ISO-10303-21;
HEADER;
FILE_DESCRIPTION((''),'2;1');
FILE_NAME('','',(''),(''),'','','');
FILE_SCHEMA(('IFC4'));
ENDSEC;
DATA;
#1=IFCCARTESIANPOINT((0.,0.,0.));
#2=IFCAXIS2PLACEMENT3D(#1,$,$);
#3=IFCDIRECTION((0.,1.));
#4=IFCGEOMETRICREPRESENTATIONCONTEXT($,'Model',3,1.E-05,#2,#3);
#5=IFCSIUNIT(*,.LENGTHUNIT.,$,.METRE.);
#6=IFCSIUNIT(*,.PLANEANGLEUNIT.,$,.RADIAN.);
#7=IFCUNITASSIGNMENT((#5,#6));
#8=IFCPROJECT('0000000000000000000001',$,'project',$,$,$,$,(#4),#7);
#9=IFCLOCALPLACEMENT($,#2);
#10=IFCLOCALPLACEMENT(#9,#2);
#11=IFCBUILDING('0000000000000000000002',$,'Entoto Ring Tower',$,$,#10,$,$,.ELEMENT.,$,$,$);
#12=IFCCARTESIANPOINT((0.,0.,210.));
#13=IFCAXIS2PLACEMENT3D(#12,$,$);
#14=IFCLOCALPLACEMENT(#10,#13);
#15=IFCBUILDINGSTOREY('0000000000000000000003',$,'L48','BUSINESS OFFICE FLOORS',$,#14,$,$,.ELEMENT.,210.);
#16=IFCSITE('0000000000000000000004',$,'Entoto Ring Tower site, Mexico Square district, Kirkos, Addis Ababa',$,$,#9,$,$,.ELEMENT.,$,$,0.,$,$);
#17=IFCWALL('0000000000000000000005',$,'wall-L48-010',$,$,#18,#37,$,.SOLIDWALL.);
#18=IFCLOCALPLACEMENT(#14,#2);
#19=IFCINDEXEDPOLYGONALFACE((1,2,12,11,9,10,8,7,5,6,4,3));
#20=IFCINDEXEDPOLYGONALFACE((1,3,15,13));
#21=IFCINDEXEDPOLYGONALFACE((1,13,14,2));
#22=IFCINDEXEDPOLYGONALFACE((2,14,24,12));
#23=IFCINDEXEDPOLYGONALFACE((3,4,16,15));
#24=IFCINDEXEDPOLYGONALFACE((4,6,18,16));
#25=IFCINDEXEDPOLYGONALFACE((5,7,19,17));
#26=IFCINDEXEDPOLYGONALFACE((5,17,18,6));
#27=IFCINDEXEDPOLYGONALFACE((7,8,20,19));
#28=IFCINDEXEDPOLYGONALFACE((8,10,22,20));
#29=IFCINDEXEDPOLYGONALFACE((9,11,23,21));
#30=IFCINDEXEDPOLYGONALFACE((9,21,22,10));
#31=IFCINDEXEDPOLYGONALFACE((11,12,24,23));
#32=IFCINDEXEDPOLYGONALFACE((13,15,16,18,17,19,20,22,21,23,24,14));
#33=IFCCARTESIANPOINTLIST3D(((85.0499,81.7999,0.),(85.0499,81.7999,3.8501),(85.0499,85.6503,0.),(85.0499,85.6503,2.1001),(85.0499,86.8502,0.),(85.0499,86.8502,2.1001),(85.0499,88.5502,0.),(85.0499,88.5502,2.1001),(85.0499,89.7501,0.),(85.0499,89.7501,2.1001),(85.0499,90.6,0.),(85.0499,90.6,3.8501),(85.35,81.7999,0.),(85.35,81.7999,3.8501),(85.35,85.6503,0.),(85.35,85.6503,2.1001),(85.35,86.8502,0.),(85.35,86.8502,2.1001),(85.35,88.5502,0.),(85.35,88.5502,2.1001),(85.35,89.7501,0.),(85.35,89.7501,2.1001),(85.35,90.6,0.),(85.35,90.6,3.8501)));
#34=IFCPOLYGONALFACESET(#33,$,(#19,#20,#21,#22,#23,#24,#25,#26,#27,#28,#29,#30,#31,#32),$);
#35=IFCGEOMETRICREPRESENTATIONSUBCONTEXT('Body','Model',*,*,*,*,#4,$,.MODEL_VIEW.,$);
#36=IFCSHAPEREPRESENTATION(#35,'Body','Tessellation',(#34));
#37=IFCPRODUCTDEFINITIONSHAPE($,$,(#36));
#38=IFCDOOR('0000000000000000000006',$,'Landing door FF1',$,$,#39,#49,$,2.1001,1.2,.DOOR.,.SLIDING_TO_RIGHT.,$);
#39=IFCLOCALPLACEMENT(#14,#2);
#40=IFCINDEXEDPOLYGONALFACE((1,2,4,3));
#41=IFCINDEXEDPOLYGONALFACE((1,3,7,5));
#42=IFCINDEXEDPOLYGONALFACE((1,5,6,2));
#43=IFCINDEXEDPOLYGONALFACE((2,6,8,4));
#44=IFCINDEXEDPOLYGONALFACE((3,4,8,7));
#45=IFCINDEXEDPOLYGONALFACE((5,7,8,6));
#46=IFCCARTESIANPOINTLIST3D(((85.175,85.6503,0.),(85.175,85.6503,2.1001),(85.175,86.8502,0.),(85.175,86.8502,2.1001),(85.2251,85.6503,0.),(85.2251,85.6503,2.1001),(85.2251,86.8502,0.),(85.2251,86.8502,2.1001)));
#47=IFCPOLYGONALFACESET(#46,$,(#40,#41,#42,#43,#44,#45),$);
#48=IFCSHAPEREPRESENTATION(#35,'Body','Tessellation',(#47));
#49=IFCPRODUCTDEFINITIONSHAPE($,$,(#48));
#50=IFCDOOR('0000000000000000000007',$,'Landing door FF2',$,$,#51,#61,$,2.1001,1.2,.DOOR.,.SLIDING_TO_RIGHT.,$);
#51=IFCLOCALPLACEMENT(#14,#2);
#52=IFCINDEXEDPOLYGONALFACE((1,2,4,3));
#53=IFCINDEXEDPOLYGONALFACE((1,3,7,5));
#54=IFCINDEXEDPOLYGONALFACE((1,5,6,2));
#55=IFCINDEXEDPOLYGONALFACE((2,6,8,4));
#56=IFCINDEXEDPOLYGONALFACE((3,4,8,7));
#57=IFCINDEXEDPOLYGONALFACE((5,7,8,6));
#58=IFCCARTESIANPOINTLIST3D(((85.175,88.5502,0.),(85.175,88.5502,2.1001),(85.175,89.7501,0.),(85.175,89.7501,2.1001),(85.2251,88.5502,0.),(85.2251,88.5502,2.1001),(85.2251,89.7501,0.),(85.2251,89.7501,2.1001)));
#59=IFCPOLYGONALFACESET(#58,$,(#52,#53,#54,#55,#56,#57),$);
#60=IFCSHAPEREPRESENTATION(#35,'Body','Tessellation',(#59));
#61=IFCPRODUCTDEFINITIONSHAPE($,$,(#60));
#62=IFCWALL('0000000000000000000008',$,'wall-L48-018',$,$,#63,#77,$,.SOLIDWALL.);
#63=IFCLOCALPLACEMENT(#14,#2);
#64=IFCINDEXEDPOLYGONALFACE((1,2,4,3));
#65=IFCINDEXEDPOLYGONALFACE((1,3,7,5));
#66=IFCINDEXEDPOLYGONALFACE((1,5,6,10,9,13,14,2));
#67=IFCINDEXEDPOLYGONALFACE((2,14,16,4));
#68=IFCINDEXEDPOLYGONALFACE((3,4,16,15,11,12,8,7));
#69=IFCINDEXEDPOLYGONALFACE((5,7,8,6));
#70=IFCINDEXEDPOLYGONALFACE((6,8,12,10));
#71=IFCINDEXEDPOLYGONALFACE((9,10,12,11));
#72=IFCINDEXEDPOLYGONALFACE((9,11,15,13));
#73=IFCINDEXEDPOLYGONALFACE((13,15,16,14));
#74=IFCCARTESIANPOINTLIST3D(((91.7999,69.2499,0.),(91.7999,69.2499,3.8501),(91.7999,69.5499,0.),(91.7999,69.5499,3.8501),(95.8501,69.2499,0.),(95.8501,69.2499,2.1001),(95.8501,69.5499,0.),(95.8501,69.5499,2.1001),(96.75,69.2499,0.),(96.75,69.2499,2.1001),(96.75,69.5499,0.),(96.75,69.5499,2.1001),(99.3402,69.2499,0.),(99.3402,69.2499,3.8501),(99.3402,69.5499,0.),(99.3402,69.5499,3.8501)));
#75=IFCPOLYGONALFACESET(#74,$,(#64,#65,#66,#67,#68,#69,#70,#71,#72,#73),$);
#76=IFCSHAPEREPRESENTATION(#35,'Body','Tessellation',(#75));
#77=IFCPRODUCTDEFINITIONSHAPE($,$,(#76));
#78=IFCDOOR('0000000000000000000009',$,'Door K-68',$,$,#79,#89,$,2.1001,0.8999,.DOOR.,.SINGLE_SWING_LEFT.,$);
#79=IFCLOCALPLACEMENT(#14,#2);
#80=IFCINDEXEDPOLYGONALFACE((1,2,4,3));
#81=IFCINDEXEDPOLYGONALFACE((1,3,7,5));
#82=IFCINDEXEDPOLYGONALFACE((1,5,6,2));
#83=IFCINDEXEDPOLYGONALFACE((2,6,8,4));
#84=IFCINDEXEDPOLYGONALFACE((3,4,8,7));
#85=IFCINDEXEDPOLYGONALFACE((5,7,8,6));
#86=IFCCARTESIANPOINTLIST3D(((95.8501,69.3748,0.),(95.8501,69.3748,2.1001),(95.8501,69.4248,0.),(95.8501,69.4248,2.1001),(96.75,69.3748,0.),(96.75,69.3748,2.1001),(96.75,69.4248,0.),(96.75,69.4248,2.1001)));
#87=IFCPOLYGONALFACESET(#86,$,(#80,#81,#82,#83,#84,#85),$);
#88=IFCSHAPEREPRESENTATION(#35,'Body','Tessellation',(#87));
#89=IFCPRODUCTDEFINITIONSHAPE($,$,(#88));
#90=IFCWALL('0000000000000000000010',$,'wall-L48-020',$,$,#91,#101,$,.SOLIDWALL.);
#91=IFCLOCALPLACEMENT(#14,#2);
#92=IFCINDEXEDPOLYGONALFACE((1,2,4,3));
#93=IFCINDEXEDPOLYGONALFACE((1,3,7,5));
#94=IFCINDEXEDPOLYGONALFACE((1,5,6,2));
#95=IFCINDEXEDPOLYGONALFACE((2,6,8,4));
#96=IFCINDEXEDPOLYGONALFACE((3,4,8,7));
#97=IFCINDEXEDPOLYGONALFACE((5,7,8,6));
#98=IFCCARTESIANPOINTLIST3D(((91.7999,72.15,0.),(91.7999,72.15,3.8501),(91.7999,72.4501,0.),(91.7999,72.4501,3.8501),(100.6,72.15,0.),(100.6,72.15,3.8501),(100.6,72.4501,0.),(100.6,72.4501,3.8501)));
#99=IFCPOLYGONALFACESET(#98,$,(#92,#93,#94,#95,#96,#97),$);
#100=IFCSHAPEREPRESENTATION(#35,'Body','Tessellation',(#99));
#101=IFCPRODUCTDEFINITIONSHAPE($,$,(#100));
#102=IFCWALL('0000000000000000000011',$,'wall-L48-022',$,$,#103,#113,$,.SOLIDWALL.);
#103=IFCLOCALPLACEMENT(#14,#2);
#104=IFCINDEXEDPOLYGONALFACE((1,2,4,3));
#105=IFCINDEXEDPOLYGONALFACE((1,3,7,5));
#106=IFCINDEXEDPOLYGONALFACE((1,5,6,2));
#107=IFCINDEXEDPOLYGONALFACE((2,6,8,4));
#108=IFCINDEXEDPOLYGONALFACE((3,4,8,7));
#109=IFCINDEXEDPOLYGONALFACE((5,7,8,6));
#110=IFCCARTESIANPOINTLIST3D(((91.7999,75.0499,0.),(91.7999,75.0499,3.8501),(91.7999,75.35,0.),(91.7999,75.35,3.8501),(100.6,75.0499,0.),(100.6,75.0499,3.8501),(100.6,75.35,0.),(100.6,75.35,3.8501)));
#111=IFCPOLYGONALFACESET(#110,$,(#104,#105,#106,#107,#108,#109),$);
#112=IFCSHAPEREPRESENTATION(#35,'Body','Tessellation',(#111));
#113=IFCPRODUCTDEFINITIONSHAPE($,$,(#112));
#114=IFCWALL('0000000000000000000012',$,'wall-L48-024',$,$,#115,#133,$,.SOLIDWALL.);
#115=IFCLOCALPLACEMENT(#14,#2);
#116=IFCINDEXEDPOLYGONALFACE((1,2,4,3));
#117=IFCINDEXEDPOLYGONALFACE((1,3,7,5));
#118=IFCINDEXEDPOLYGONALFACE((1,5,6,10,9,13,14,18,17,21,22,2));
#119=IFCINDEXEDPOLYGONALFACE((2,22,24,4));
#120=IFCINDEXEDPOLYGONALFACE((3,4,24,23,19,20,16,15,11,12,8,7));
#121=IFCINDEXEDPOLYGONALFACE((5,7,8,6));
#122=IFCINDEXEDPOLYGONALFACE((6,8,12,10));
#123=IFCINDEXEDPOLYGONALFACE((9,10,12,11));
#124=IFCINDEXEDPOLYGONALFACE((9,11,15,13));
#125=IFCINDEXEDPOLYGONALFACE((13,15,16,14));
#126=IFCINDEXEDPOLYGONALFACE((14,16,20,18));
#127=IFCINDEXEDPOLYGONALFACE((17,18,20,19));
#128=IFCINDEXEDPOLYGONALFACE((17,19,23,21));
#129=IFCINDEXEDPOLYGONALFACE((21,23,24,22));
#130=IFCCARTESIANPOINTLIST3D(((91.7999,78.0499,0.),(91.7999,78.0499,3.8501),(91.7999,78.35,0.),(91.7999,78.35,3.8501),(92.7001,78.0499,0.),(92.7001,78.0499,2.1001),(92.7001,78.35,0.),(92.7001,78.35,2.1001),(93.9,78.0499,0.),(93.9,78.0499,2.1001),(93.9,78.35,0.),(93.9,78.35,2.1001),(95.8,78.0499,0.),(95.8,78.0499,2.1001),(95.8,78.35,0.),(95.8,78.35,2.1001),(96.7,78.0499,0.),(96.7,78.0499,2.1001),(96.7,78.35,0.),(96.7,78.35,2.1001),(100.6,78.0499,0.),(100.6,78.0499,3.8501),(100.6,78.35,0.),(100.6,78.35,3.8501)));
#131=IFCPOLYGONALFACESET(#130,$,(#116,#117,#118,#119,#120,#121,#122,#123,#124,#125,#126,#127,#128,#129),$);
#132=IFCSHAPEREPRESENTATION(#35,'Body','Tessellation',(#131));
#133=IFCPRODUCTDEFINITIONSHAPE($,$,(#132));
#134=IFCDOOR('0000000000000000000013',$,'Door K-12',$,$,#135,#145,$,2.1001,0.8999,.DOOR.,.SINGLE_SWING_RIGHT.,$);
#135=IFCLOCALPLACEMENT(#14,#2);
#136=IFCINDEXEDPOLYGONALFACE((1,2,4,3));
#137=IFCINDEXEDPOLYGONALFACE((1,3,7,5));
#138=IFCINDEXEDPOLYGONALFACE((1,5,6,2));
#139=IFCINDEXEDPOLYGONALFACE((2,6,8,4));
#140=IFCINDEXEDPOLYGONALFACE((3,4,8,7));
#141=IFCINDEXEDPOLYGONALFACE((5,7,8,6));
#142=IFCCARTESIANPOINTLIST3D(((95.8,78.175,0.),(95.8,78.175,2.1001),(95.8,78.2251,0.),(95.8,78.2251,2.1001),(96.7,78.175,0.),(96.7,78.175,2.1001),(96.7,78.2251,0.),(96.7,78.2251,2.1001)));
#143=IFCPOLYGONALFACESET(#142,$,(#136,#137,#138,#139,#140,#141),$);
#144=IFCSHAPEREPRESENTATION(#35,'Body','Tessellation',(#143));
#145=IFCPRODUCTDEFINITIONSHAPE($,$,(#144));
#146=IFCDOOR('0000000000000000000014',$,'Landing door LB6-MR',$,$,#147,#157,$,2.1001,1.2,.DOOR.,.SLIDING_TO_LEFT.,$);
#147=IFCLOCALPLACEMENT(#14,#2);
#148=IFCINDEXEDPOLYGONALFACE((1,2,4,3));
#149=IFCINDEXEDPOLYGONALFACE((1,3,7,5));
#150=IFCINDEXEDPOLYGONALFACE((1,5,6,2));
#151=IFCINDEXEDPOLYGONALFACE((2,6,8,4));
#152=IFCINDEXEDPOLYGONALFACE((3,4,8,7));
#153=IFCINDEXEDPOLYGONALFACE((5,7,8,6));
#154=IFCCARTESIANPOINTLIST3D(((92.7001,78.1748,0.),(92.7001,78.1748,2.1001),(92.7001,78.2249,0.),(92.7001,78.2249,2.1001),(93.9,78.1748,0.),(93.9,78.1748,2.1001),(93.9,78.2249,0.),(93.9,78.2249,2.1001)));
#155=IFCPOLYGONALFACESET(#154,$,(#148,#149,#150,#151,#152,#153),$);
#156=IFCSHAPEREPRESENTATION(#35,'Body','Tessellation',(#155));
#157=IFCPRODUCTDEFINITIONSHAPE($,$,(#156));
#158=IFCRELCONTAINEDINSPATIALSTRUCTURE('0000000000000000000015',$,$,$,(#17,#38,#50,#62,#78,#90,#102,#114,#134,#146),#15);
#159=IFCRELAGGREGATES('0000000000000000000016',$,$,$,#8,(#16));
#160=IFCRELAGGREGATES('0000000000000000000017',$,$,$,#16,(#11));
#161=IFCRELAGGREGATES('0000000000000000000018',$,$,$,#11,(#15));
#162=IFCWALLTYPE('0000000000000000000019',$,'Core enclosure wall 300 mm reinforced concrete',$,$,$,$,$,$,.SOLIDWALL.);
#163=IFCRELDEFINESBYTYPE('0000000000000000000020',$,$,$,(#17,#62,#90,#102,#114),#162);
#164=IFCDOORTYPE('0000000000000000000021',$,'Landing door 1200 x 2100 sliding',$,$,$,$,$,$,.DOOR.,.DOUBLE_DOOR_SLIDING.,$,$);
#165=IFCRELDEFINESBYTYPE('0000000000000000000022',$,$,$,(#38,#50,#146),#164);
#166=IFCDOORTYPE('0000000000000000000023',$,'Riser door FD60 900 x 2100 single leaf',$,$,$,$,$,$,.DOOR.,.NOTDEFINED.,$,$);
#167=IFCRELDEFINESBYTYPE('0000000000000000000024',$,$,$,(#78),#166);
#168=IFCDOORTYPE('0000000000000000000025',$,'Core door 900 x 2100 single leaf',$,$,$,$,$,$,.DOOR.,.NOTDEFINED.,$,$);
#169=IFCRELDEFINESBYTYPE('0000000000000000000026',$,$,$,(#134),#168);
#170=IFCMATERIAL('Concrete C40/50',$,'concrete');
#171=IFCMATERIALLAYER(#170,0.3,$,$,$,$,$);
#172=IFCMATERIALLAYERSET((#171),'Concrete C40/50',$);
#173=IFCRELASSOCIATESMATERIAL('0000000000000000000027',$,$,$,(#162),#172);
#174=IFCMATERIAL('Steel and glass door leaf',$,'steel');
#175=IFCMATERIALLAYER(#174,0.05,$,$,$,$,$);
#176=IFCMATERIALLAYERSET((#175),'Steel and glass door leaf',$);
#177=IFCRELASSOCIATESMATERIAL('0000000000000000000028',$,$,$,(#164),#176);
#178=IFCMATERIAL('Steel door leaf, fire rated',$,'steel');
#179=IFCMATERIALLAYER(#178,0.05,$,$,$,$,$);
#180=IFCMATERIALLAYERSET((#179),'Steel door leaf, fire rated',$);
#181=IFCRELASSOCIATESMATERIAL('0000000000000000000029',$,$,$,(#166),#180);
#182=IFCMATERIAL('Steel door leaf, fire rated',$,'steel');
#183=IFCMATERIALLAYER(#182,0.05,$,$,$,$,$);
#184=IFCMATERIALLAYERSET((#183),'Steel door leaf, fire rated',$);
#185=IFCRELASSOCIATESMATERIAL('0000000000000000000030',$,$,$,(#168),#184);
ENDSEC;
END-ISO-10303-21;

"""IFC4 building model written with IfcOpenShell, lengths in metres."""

from ifc_helpers import new_model, si_unit, direction, frame, frame_2d, origin, place, context, subcontext, project, spatial, rectangle, extrude, material, layer, layer_set, type_object, element, fill, save


model = new_model("IFC4")

# Units and contexts
model_context = context("Model", 3, precision=1e-05, world=origin(), true_north=direction((0.0, 1.0)))
body_context = subcontext(model_context, "Body", "Model", "MODEL_VIEW")
ifc_project = project(units=[si_unit("LENGTHUNIT", "METRE"), si_unit("PLANEANGLEUNIT", "RADIAN")], contexts=[model_context])

# Site, building, storey
site_placement = place(None, origin())
site = spatial("IfcSite", under=ifc_project, at=site_placement, Name="Entoto Ring Tower site, Mexico Square district, Kirkos, Addis Ababa", CompositionType="ELEMENT", RefElevation=0.0)
building_placement = place(site_placement, origin())
building = spatial("IfcBuilding", under=site, at=building_placement, Name="Entoto Ring Tower", CompositionType="ELEMENT")
storey_placement = place(building_placement, frame((0.0, 0.0, 210.0)))
storey = spatial("IfcBuildingStorey", under=building, at=storey_placement, Name="L48", Description="BUSINESS OFFICE FLOORS", CompositionType="ELEMENT", Elevation=210.0)

# Shared definitions
ifc_material_1 = material(Name="Concrete C40/50", Category="concrete")
ifc_layer_1 = layer(ifc_material_1, 0.3)
ifc_layer_set_1 = layer_set([ifc_layer_1], Name="Concrete C40/50")
wall_type = type_object("IfcWallType", Name="Core enclosure wall 300 mm reinforced concrete", PredefinedType="SOLIDWALL", material=ifc_layer_set_1)

# Shared definitions
ifc_material_2 = material(Name="Steel and glass door leaf", Category="steel")
ifc_layer_2 = layer(ifc_material_2, 0.05)
ifc_layer_set_2 = layer_set([ifc_layer_2], Name="Steel and glass door leaf")
door_type_1 = type_object("IfcDoorType", Name="Landing door 1200 x 2100 sliding", OperationType="DOUBLE_DOOR_SLIDING", PredefinedType="DOOR", material=ifc_layer_set_2)

# Wall, openings, doors
wall_1_placement = place(storey_placement, frame((85.2, 81.8, 0.0), z_axis=(0.0, 0.0, 1.0), x_axis=(0.0, 1.0, 0.0)))
wall_1 = element("IfcWall", 1, at=wall_1_placement, inside=storey, type_object=wall_type, Name="wall-L48-010", PredefinedType="SOLIDWALL", context=body_context, shape_type="SweptSolid", body=[
    extrude(rectangle(XDim=8.8, YDim=0.3, at=frame_2d((4.3999, 0.0))), origin(), (0.0, 0.0, 1.0), 3.8501),
])
opening_1_placement = place(wall_1_placement, frame((3.8501, 0.0, 0.0)))
opening_1 = element("IfcOpeningElement", 2, at=opening_1_placement, cuts=wall_1, PredefinedType="OPENING", context=body_context, shape_type="SweptSolid", body=[
    extrude(rectangle(XDim=1.2, YDim=2.1001, at=frame_2d((0.6001, 1.05))), frame((0.0, 0.1602, 0.0), z_axis=(0.0, -1.0, 0.0), x_axis=(1.0, 0.0, 0.0)), (0.0, 0.0, 1.0), 0.3201),
])
opening_2_placement = place(wall_1_placement, frame((6.75, 0.0, 0.0)))
opening_2 = element("IfcOpeningElement", 3, at=opening_2_placement, cuts=wall_1, PredefinedType="OPENING", context=body_context, shape_type="SweptSolid", body=[
    extrude(rectangle(XDim=1.2, YDim=2.1001, at=frame_2d((0.6001, 1.05))), frame((0.0, 0.1602, 0.0), z_axis=(0.0, -1.0, 0.0), x_axis=(1.0, 0.0, 0.0)), (0.0, 0.0, 1.0), 0.3201),
])
door_1_placement = place(opening_1_placement, origin())
door_1 = element("IfcDoor", 4, at=door_1_placement, inside=storey, type_object=door_type_1, Name="Landing door FF1", OperationType="SLIDING_TO_RIGHT", OverallHeight=2.1001, OverallWidth=1.2, PredefinedType="DOOR", context=body_context, shape_type="SweptSolid", body=[
    extrude(rectangle(XDim=1.2, YDim=2.1001, at=frame_2d((0.6001, 1.05))), frame((0.0, 0.0249, 0.0), z_axis=(0.0, -1.0, 0.0), x_axis=(1.0, 0.0, 0.0)), (0.0, 0.0, 1.0), 0.05),
])
fill(opening_1, door_1)
door_2_placement = place(opening_2_placement, origin())
door_2 = element("IfcDoor", 5, at=door_2_placement, inside=storey, type_object=door_type_1, Name="Landing door FF2", OperationType="SLIDING_TO_RIGHT", OverallHeight=2.1001, OverallWidth=1.2, PredefinedType="DOOR", context=body_context, shape_type="SweptSolid", body=[
    extrude(rectangle(XDim=1.2, YDim=2.1001, at=frame_2d((0.6001, 1.05))), frame((0.0, 0.0249, 0.0), z_axis=(0.0, -1.0, 0.0), x_axis=(1.0, 0.0, 0.0)), (0.0, 0.0, 1.0), 0.05),
])
fill(opening_2, door_2)

# Wall, opening, door
wall_2_placement = place(storey_placement, frame((91.8, 69.3999, 0.0), z_axis=(0.0, 0.0, 1.0), x_axis=(1.0, 0.0, 0.0)))
wall_2 = element("IfcWall", 6, at=wall_2_placement, inside=storey, type_object=wall_type, Name="wall-L48-018", PredefinedType="SOLIDWALL", context=body_context, shape_type="SweptSolid", body=[
    extrude(rectangle(XDim=7.5403, YDim=0.3, at=frame_2d((3.77, 0.0))), origin(), (0.0, 0.0, 1.0), 3.8501),
])
opening_3_placement = place(wall_2_placement, frame((4.05, 0.0, 0.0)))
opening_3 = element("IfcOpeningElement", 7, at=opening_3_placement, cuts=wall_2, PredefinedType="OPENING", context=body_context, shape_type="SweptSolid", body=[
    extrude(rectangle(XDim=0.8999, YDim=2.1001, at=frame_2d((0.45, 1.05))), frame((0.0, 0.1602, 0.0), z_axis=(0.0, -1.0, 0.0), x_axis=(1.0, 0.0, 0.0)), (0.0, 0.0, 1.0), 0.3201),
])
ifc_material_3 = material(Name="Steel door leaf, fire rated", Category="steel")
ifc_layer_3 = layer(ifc_material_3, 0.05)
ifc_layer_set_3 = layer_set([ifc_layer_3], Name="Steel door leaf, fire rated")
door_type_2 = type_object("IfcDoorType", Name="Riser door FD60 900 x 2100 single leaf", OperationType="NOTDEFINED", PredefinedType="DOOR", material=ifc_layer_set_3)
door_3_placement = place(opening_3_placement, origin())
door_3 = element("IfcDoor", 8, at=door_3_placement, inside=storey, type_object=door_type_2, Name="Door K-68", OperationType="SINGLE_SWING_LEFT", OverallHeight=2.1001, OverallWidth=0.8999, PredefinedType="DOOR", context=body_context, shape_type="SweptSolid", body=[
    extrude(rectangle(XDim=0.8999, YDim=2.1001, at=frame_2d((0.45, 1.05))), frame((0.0, 0.0249, 0.0), z_axis=(0.0, -1.0, 0.0), x_axis=(1.0, 0.0, 0.0)), (0.0, 0.0, 1.0), 0.05),
])
fill(opening_3, door_3)

# Walls
for number, where, z_axis, x_axis, name in (
    (9, (91.8, 72.3, 0.0), (0.0, 0.0, 1.0), (1.0, 0.0, 0.0), "wall-L48-020"),
    (10, (91.8, 75.2, 0.0), (0.0, 0.0, 1.0), (1.0, 0.0, 0.0), "wall-L48-022"),
):
    element("IfcWall", number, at=place(storey_placement, frame(where, z_axis=z_axis, x_axis=x_axis)), inside=storey, type_object=wall_type, Name=name, PredefinedType="SOLIDWALL", context=body_context, shape_type="SweptSolid", body=[
        extrude(rectangle(XDim=8.8, YDim=0.3, at=frame_2d((4.3999, 0.0))), origin(), (0.0, 0.0, 1.0), 3.8501),
    ])

# Wall, openings, doors
wall_3_placement = place(storey_placement, frame((91.8, 78.2, 0.0), z_axis=(0.0, 0.0, 1.0), x_axis=(1.0, 0.0, 0.0)))
wall_3 = element("IfcWall", 11, at=wall_3_placement, inside=storey, type_object=wall_type, Name="wall-L48-024", PredefinedType="SOLIDWALL", context=body_context, shape_type="SweptSolid", body=[
    extrude(rectangle(XDim=8.8, YDim=0.3, at=frame_2d((4.3999, 0.0))), origin(), (0.0, 0.0, 1.0), 3.8501),
])
opening_4_placement = place(wall_3_placement, frame((0.8999, 0.0, 0.0)))
opening_4 = element("IfcOpeningElement", 12, at=opening_4_placement, cuts=wall_3, PredefinedType="OPENING", context=body_context, shape_type="SweptSolid", body=[
    extrude(rectangle(XDim=1.2, YDim=2.1001, at=frame_2d((0.6001, 1.05))), frame((0.0, 0.1602, 0.0), z_axis=(0.0, -1.0, 0.0), x_axis=(1.0, 0.0, 0.0)), (0.0, 0.0, 1.0), 0.3201),
])
opening_5_placement = place(wall_3_placement, frame((4.0, 0.0, 0.0)))
opening_5 = element("IfcOpeningElement", 13, at=opening_5_placement, cuts=wall_3, PredefinedType="OPENING", context=body_context, shape_type="SweptSolid", body=[
    extrude(rectangle(XDim=0.8999, YDim=2.1001, at=frame_2d((0.45, 1.05))), frame((0.0, 0.1602, 0.0), z_axis=(0.0, -1.0, 0.0), x_axis=(1.0, 0.0, 0.0)), (0.0, 0.0, 1.0), 0.3201),
])
ifc_material_4 = material(Name="Steel door leaf, fire rated", Category="steel")
ifc_layer_4 = layer(ifc_material_4, 0.05)
ifc_layer_set_4 = layer_set([ifc_layer_4], Name="Steel door leaf, fire rated")
door_type_3 = type_object("IfcDoorType", Name="Core door 900 x 2100 single leaf", OperationType="NOTDEFINED", PredefinedType="DOOR", material=ifc_layer_set_4)
door_4_placement = place(opening_5_placement, frame((0.8999, 0.0, 0.0), z_axis=(0.0, 0.0, 1.0), x_axis=(-1.0, 0.0, 0.0)))
door_4 = element("IfcDoor", 14, at=door_4_placement, inside=storey, type_object=door_type_3, Name="Door K-12", OperationType="SINGLE_SWING_RIGHT", OverallHeight=2.1001, OverallWidth=0.8999, PredefinedType="DOOR", context=body_context, shape_type="SweptSolid", body=[
    extrude(rectangle(XDim=0.8999, YDim=2.1001, at=frame_2d((0.45, 1.05))), frame((0.0, 0.0249, 0.0), z_axis=(0.0, -1.0, 0.0), x_axis=(1.0, 0.0, 0.0)), (0.0, 0.0, 1.0), 0.05),
])
fill(opening_5, door_4)
door_5_placement = place(opening_4_placement, origin())
door_5 = element("IfcDoor", 15, at=door_5_placement, inside=storey, type_object=door_type_1, Name="Landing door LB6-MR", OperationType="SLIDING_TO_LEFT", OverallHeight=2.1001, OverallWidth=1.2, PredefinedType="DOOR", context=body_context, shape_type="SweptSolid", body=[
    extrude(rectangle(XDim=1.2, YDim=2.1001, at=frame_2d((0.6001, 1.05))), frame((0.0, 0.0249, 0.0), z_axis=(0.0, -1.0, 0.0), x_axis=(1.0, 0.0, 0.0)), (0.0, 0.0, 1.0), 0.05),
])
fill(opening_4, door_5)

save(model, "model.ifc")
